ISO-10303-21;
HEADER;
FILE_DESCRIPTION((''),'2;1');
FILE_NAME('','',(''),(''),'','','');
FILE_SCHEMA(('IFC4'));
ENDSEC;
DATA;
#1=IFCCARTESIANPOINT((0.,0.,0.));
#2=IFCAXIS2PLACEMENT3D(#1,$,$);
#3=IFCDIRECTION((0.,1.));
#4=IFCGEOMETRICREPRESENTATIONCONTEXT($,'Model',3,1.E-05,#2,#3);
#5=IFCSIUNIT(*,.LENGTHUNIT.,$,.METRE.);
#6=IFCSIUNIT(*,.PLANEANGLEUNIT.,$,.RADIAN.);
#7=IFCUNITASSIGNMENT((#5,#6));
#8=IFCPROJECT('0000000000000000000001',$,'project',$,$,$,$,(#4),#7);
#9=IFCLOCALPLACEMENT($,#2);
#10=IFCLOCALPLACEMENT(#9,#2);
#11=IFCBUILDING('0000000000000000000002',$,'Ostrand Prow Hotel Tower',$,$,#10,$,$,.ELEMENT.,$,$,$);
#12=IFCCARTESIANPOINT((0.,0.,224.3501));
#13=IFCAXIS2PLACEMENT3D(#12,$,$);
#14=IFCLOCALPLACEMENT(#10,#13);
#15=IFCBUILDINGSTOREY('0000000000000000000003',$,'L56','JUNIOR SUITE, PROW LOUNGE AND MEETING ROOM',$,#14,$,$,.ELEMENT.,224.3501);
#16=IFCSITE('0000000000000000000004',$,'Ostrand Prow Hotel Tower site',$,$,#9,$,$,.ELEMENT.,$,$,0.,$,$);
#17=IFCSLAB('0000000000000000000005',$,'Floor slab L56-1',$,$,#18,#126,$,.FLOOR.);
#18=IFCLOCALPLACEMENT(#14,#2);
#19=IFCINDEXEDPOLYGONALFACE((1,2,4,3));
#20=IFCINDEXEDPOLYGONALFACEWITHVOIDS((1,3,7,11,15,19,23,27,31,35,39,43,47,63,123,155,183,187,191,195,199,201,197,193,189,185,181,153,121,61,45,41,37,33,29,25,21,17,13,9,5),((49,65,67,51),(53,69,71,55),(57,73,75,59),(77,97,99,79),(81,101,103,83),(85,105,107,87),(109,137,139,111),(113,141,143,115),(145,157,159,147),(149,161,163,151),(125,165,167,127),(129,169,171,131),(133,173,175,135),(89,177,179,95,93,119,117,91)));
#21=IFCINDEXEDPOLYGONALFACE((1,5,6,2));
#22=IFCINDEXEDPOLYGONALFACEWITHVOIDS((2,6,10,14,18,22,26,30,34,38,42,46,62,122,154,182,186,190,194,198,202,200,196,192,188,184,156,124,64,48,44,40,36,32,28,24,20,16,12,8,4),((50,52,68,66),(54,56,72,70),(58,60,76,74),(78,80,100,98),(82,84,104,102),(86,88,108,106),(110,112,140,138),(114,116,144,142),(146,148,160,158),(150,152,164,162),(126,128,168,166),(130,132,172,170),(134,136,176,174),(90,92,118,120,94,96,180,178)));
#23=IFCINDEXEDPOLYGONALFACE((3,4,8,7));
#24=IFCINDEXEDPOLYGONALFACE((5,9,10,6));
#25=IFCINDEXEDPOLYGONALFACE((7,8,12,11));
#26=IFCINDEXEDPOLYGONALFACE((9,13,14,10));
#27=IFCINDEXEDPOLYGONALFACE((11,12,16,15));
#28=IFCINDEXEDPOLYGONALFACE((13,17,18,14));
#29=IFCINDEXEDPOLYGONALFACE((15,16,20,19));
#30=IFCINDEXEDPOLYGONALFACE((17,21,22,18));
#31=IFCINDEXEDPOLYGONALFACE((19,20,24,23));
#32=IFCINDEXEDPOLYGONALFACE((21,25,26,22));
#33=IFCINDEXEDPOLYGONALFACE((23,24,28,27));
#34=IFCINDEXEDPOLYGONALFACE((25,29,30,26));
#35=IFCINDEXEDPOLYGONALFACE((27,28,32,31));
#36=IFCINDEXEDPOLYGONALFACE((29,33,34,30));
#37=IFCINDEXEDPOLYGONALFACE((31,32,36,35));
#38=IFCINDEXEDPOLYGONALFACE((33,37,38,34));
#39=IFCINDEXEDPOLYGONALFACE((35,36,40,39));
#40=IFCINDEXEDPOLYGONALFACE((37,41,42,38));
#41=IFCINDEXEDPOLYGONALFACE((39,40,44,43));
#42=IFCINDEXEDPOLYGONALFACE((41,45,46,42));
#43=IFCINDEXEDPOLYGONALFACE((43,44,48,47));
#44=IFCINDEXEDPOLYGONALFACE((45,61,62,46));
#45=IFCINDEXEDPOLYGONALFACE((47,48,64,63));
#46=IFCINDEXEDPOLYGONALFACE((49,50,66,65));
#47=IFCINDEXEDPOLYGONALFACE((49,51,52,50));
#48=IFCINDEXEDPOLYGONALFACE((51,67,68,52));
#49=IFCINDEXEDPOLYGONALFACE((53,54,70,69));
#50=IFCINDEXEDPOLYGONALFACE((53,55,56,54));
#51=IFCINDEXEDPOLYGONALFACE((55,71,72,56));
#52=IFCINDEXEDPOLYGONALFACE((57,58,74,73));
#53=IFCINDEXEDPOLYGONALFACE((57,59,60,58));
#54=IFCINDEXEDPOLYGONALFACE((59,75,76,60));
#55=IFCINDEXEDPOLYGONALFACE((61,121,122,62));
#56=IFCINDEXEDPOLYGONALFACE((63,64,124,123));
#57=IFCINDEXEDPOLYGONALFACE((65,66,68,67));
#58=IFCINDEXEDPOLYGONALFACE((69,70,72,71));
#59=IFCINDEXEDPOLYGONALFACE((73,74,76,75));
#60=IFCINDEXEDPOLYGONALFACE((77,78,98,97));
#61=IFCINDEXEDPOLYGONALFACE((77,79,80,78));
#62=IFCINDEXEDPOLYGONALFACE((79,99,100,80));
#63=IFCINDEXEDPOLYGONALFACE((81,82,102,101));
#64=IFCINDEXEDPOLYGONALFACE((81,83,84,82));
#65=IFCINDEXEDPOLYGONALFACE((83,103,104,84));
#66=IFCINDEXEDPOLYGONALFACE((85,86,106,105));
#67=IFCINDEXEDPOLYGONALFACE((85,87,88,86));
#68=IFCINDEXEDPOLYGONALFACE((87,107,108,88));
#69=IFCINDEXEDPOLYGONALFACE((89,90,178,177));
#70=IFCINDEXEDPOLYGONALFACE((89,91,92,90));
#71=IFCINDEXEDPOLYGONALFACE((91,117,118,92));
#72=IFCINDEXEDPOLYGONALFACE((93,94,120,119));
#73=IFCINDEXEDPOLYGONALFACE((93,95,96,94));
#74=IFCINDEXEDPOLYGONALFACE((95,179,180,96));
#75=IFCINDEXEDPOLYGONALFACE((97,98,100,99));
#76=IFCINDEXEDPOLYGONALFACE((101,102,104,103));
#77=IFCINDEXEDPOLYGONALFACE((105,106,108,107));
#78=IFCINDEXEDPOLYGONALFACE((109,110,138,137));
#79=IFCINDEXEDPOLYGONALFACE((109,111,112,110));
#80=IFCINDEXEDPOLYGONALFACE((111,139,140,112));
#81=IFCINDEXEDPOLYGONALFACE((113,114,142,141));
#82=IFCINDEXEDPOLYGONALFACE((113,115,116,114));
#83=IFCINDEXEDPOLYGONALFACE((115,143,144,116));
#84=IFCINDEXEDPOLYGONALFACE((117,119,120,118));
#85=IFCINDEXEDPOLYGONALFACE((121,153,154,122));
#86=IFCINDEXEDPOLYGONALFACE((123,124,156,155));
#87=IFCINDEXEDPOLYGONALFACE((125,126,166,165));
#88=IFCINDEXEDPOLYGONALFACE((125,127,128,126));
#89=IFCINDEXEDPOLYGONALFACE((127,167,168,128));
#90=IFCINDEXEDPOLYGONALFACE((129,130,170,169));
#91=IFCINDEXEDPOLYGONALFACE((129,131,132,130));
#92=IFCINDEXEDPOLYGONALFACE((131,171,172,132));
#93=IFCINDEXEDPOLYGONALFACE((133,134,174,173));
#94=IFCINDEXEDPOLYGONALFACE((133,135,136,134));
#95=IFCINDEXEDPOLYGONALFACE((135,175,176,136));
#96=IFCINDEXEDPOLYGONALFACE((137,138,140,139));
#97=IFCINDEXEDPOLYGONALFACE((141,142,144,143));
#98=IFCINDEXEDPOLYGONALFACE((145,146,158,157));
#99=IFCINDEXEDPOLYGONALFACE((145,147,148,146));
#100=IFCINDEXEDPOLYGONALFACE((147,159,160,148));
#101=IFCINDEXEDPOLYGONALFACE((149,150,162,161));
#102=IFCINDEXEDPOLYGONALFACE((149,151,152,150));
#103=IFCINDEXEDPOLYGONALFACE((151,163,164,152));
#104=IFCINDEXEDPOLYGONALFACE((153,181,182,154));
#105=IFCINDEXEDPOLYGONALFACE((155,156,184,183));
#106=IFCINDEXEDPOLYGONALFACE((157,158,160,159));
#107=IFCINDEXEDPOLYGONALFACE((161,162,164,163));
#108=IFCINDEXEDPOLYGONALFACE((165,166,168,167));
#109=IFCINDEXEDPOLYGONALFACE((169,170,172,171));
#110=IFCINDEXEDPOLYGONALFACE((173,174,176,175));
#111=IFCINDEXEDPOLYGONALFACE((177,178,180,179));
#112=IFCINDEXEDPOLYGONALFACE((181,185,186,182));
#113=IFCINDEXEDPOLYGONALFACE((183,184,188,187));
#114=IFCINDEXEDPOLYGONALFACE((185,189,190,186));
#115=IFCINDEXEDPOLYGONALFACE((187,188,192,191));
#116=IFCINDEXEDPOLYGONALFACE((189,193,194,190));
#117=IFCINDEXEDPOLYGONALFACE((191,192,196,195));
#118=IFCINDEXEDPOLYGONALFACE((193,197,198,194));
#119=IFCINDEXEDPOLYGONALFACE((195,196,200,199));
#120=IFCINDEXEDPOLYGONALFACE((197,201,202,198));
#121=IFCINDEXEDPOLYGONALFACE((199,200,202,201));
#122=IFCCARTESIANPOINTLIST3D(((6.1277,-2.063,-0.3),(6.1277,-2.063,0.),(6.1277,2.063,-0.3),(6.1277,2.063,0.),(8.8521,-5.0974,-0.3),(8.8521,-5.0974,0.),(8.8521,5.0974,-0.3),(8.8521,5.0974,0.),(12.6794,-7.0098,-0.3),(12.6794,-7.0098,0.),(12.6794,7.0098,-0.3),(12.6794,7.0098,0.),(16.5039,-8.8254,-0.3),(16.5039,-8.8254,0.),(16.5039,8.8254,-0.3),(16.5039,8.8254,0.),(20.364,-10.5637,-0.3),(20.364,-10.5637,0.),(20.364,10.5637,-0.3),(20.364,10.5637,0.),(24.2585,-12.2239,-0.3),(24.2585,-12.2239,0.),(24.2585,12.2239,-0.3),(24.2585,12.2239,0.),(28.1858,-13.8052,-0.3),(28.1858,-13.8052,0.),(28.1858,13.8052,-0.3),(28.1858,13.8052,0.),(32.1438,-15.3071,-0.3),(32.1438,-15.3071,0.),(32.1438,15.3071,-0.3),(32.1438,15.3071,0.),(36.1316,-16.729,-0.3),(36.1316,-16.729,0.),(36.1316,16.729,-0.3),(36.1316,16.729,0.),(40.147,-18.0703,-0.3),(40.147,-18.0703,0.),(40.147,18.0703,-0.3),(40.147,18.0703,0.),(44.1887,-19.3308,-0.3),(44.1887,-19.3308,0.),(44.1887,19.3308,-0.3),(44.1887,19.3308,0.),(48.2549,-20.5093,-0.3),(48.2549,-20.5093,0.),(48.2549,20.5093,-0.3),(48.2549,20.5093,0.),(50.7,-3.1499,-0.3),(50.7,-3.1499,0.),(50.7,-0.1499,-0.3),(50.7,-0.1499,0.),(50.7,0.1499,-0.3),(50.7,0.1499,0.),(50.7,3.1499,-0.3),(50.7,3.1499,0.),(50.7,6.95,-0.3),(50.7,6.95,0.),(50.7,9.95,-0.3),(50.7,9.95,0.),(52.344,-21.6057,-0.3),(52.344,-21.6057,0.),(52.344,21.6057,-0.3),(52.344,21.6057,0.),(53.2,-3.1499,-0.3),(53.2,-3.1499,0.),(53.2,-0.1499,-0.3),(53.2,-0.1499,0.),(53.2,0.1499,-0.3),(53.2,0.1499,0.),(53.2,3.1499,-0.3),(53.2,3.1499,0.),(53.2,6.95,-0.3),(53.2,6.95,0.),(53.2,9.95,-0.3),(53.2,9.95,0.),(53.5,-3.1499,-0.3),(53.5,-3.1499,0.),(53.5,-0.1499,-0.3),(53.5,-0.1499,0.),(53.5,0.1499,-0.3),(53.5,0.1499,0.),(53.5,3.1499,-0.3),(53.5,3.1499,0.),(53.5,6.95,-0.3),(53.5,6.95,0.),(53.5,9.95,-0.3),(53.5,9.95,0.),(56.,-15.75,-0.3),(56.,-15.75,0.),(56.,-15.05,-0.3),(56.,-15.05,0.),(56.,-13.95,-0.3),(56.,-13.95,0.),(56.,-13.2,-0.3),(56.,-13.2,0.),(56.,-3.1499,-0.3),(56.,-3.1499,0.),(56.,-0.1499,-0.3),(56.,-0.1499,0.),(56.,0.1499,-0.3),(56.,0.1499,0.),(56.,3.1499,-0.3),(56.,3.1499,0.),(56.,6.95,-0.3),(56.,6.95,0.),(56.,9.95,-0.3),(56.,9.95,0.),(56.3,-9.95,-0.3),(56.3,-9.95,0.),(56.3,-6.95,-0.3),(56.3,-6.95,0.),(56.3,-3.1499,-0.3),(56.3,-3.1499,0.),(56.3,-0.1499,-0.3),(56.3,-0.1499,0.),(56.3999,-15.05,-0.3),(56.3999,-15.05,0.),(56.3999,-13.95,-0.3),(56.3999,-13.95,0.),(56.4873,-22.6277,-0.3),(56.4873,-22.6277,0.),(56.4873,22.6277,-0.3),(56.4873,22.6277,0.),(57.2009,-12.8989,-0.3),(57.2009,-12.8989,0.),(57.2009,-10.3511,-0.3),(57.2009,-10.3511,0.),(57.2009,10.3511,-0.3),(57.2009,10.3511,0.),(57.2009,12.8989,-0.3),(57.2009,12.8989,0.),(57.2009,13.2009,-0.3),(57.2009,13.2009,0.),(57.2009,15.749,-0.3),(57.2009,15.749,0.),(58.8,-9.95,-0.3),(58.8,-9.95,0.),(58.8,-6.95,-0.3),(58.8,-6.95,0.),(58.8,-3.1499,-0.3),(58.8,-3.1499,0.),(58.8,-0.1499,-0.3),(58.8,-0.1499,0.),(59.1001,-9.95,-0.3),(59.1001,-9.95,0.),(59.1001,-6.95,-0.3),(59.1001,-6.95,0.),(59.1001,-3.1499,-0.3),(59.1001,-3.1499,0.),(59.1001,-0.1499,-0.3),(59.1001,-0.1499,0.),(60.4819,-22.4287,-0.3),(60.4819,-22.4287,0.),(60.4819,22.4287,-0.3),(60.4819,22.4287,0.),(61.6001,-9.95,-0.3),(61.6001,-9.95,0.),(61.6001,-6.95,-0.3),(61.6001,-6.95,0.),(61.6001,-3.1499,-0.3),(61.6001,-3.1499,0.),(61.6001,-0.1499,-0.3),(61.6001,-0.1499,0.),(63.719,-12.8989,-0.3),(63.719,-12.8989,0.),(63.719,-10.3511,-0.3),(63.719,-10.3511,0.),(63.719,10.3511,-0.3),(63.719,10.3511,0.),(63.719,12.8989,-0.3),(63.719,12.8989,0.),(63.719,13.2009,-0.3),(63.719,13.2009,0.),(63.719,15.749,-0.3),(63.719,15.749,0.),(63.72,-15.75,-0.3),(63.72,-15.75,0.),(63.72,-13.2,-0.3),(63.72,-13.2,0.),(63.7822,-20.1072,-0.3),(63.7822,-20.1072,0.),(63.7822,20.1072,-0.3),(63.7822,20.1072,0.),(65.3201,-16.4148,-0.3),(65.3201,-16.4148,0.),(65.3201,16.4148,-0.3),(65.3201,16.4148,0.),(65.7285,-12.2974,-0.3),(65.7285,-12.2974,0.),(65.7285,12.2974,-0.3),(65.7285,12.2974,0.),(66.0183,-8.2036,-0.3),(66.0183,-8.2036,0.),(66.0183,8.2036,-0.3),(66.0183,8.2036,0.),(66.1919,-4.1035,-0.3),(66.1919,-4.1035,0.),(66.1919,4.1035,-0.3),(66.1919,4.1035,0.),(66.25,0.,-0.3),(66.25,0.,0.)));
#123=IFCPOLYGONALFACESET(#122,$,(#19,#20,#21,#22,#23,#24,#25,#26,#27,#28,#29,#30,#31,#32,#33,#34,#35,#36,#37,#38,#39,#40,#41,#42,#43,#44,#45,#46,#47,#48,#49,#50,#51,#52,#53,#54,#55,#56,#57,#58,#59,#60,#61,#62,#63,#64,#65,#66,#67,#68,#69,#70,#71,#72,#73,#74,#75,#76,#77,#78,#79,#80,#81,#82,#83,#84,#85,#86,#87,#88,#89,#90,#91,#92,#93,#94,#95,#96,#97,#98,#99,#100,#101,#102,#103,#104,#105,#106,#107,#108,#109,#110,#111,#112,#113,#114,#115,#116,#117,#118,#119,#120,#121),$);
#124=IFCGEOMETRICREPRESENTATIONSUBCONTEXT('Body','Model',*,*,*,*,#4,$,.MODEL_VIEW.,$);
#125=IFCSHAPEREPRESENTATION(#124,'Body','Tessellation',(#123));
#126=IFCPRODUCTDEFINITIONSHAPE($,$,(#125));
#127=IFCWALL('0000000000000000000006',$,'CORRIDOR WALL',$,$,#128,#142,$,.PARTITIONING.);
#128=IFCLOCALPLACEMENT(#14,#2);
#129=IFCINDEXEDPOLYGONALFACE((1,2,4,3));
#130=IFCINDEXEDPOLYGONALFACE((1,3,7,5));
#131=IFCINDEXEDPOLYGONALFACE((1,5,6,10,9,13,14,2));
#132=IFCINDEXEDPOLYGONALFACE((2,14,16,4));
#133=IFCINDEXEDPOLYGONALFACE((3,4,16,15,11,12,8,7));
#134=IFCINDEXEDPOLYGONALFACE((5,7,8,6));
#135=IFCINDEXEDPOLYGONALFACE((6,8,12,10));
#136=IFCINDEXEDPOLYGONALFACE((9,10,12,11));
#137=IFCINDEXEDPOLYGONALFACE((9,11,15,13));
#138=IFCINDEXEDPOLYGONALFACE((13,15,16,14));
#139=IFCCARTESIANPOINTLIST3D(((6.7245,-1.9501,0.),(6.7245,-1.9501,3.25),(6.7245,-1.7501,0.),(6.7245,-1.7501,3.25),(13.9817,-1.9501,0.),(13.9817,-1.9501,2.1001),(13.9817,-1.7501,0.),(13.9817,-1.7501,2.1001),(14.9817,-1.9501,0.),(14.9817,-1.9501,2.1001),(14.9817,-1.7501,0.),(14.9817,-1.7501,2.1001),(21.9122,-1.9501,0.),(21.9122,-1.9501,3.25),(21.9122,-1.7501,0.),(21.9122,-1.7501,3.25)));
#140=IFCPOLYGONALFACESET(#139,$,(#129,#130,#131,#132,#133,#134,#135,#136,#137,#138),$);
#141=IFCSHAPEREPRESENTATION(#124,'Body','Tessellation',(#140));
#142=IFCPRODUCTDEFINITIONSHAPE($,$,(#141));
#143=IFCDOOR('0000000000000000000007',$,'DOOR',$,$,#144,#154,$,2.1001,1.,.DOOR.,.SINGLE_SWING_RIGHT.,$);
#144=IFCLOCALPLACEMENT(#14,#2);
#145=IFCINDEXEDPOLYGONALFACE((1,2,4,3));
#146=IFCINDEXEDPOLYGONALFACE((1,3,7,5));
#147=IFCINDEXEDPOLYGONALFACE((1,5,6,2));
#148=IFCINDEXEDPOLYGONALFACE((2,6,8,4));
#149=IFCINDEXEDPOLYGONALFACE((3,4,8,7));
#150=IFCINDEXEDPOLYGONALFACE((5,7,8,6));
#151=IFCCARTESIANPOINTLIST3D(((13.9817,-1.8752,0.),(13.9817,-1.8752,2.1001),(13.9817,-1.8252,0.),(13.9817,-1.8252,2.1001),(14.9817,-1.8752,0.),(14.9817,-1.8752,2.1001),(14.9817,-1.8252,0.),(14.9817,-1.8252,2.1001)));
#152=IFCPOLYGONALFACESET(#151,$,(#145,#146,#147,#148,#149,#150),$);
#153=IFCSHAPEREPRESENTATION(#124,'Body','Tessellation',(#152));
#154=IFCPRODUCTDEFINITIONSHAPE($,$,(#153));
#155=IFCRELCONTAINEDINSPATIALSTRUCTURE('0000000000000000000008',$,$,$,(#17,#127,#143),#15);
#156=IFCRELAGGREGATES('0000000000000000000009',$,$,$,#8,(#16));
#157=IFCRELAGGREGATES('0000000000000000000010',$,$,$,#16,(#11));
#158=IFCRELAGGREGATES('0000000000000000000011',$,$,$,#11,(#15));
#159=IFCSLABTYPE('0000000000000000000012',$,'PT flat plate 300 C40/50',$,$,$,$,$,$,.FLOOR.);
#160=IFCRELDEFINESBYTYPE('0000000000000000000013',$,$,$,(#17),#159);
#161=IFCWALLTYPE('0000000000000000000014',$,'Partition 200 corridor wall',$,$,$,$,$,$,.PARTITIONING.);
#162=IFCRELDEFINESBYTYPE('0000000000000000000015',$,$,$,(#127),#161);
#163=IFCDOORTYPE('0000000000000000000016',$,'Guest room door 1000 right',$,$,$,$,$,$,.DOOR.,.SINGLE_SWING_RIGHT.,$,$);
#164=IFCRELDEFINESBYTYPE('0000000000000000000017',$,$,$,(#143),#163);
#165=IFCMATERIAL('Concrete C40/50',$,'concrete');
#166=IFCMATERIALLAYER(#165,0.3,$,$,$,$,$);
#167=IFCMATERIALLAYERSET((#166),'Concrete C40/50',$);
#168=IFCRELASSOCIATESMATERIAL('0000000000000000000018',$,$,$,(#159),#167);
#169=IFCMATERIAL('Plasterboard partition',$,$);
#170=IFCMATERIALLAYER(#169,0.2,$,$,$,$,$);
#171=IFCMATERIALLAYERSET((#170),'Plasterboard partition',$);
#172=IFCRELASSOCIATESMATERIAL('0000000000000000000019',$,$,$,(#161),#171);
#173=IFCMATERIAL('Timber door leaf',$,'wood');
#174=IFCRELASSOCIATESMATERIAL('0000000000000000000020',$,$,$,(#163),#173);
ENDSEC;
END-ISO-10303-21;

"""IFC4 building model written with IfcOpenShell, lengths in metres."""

from ifc_helpers import new_model, si_unit, direction, frame, frame_2d, origin, place, context, subcontext, project, spatial, polyline, rectangle, outline, extrude, material, layer, layer_set, type_object, element, fill, save


model = new_model("IFC4")

# Units and contexts
model_context = context("Model", 3, precision=1e-05, world=origin(), true_north=direction((0.0, 1.0)))
body_context = subcontext(model_context, "Body", "Model", "MODEL_VIEW")
ifc_project = project(units=[si_unit("LENGTHUNIT", "METRE"), si_unit("PLANEANGLEUNIT", "RADIAN")], contexts=[model_context])

# Site, building, storey
site_placement = place(None, origin())
site = spatial("IfcSite", under=ifc_project, at=site_placement, Name="Ostrand Prow Hotel Tower site", CompositionType="ELEMENT", RefElevation=0.0)
building_placement = place(site_placement, origin())
building = spatial("IfcBuilding", under=site, at=building_placement, Name="Ostrand Prow Hotel Tower", CompositionType="ELEMENT")
storey_placement = place(building_placement, frame((0.0, 0.0, 224.3501)))
storey = spatial("IfcBuildingStorey", under=building, at=storey_placement, Name="L56", Description="JUNIOR SUITE, PROW LOUNGE AND MEETING ROOM", CompositionType="ELEMENT", Elevation=224.3501)

# Slab, opening
ifc_material_1 = material(Name="Concrete C40/50", Category="concrete")
ifc_layer_1 = layer(ifc_material_1, 0.3)
ifc_layer_set_1 = layer_set([ifc_layer_1], Name="Concrete C40/50")
slab_type = type_object("IfcSlabType", Name="PT flat plate 300 C40/50", PredefinedType="FLOOR", material=ifc_layer_set_1)
slab_placement = place(storey_placement, frame((0.0, 0.0, -0.3)))
slab = element("IfcSlab", 1, at=slab_placement, inside=storey, type_object=slab_type, Name="Floor slab L56-1", PredefinedType="FLOOR", context=body_context, shape_type="SweptSolid", body=[
    extrude(outline(polyline([(8.8521, 5.0974), (12.6794, 7.0098), (16.5039, 8.8254), (20.364, 10.5637), (24.2585, 12.2239), (28.1858, 13.8052), (32.1438, 15.3071), (36.1316, 16.729), (40.147, 18.0703), (44.1887, 19.3308), (48.2549, 20.5093), (52.344, 21.6057), (56.4873, 22.6277), (60.4819, 22.4287), (63.7822, 20.1072), (65.3201, 16.4148), (65.7285, 12.2974), (66.0183, 8.2036), (66.1919, 4.1035), (66.25, 0.0), (66.1919, -4.1035), (66.0183, -8.2036), (65.7285, -12.2974), (65.3201, -16.4148), (63.7822, -20.1072), (60.4819, -22.4287), (56.4873, -22.6277), (52.344, -21.6057), (48.2549, -20.5093), (44.1887, -19.3308), (40.147, -18.0703), (36.1316, -16.729), (32.1438, -15.3071), (28.1858, -13.8052), (24.2585, -12.2239), (20.364, -10.5637), (16.5039, -8.8254), (12.6794, -7.0098), (8.8521, -5.0974), (6.1277, -2.063), (6.1277, 2.063), (8.8521, 5.0974)]), holes=[polyline([(50.7, 6.95), (53.2, 6.95), (53.2, 9.95), (50.7, 9.95), (50.7, 6.95)]), polyline([(53.5, 6.95), (56.0, 6.95), (56.0, 9.95), (53.5, 9.95), (53.5, 6.95)]), polyline([(50.7, 0.1499), (53.2, 0.1499), (53.2, 3.1499), (50.7, 3.1499), (50.7, 0.1499)]), polyline([(53.5, 0.1499), (56.0, 0.1499), (56.0, 3.1499), (53.5, 3.1499), (53.5, 0.1499)]), polyline([(50.7, -3.1499), (53.2, -3.1499), (53.2, -0.1499), (50.7, -0.1499), (50.7, -3.1499)]), polyline([(53.5, -3.1499), (56.0, -3.1499), (56.0, -0.1499), (53.5, -0.1499), (53.5, -3.1499)]), polyline([(56.3, -3.1499), (58.8, -3.1499), (58.8, -0.1499), (56.3, -0.1499), (56.3, -3.1499)]), polyline([(59.1001, -3.1499), (61.6001, -3.1499), (61.6001, -0.1499), (59.1001, -0.1499), (59.1001, -3.1499)]), polyline([(56.3, -9.95), (58.8, -9.95), (58.8, -6.95), (56.3, -6.95), (56.3, -9.95)]), polyline([(59.1001, -9.95), (61.6001, -9.95), (61.6001, -6.95), (59.1001, -6.95), (59.1001, -9.95)]), polyline([(57.2009, 10.3511), (57.2009, 12.8989), (63.719, 12.8989), (63.719, 10.3511), (57.2009, 10.3511)]), polyline([(57.2009, 13.2009), (57.2009, 15.749), (63.719, 15.749), (63.719, 13.2009), (57.2009, 13.2009)]), polyline([(57.2009, -12.8989), (57.2009, -10.3511), (63.719, -10.3511), (63.719, -12.8989), (57.2009, -12.8989)]), polyline([(56.0, -13.95), (56.0, -13.2), (63.72, -13.2), (63.72, -15.75), (56.0, -15.75), (56.0, -15.05), (56.3999, -15.05), (56.3999, -13.95), (56.0, -13.95)])]), origin(), (0.0, 0.0, 1.0), 0.3),
])
opening_1_placement = place(slab_placement, origin())
element("IfcOpeningElement", 2, at=opening_1_placement, cuts=slab, PredefinedType="OPENING", context=body_context, shape_type="SweptSolid", body=[
    extrude(outline(polyline([(56.0, -13.95), (56.0, -13.2), (63.72, -13.2), (63.72, -15.75), (56.0, -15.75), (56.0, -15.05), (56.3999, -15.05), (56.3999, -13.95), (56.0, -13.95)])), origin(), (0.0, 0.0, 1.0), 0.3),
])

# Wall, opening, door
ifc_material_2 = material(Name="Plasterboard partition")
ifc_layer_2 = layer(ifc_material_2, 0.2)
ifc_layer_set_2 = layer_set([ifc_layer_2], Name="Plasterboard partition")
wall_type_1 = type_object("IfcWallType", Name="Partition 200 corridor wall", PredefinedType="PARTITIONING", material=ifc_layer_set_2)
wall_1_placement = place(storey_placement, frame((6.7246, -1.8501, 0.0), z_axis=(0.0, 0.0, 1.0), x_axis=(1.0, 0.0, 0.0)))
wall_1 = element("IfcWall", 3, at=wall_1_placement, inside=storey, type_object=wall_type_1, Name="CORRIDOR WALL", PredefinedType="PARTITIONING", context=body_context, shape_type="SweptSolid", body=[
    extrude(rectangle(XDim=15.1877, YDim=0.2, at=frame_2d((7.5938, 0.0))), origin(), (0.0, 0.0, 1.0), 3.25),
])
opening_2_placement = place(wall_1_placement, frame((7.2571, 0.0, 0.0)))
opening_2 = element("IfcOpeningElement", 4, at=opening_2_placement, cuts=wall_1, PredefinedType="OPENING", context=body_context, shape_type="SweptSolid", body=[
    extrude(rectangle(XDim=1.0, YDim=2.1001, at=frame_2d((0.5, 1.05))), frame((0.0, 0.1099, 0.0), z_axis=(0.0, -1.0, 0.0), x_axis=(1.0, 0.0, 0.0)), (0.0, 0.0, 1.0), 0.22),
])
ifc_material_3 = material(Name="Timber door leaf", Category="wood")
door_type = type_object("IfcDoorType", Name="Guest room door 1000 right", OperationType="SINGLE_SWING_RIGHT", PredefinedType="DOOR", material=ifc_material_3)
door_placement = place(opening_2_placement, origin())
door = element("IfcDoor", 5, at=door_placement, inside=storey, type_object=door_type, Name="DOOR", OperationType="SINGLE_SWING_RIGHT", OverallHeight=2.1001, OverallWidth=1.0, PredefinedType="DOOR", context=body_context, shape_type="SweptSolid", body=[
    extrude(rectangle(XDim=1.0, YDim=2.1001, at=frame_2d((0.5, 1.05))), frame((0.0, 0.0249, 0.0), z_axis=(0.0, -1.0, 0.0), x_axis=(1.0, 0.0, 0.0)), (0.0, 0.0, 1.0), 0.05),
])
fill(opening_2, door)

save(model, "model.ifc")
